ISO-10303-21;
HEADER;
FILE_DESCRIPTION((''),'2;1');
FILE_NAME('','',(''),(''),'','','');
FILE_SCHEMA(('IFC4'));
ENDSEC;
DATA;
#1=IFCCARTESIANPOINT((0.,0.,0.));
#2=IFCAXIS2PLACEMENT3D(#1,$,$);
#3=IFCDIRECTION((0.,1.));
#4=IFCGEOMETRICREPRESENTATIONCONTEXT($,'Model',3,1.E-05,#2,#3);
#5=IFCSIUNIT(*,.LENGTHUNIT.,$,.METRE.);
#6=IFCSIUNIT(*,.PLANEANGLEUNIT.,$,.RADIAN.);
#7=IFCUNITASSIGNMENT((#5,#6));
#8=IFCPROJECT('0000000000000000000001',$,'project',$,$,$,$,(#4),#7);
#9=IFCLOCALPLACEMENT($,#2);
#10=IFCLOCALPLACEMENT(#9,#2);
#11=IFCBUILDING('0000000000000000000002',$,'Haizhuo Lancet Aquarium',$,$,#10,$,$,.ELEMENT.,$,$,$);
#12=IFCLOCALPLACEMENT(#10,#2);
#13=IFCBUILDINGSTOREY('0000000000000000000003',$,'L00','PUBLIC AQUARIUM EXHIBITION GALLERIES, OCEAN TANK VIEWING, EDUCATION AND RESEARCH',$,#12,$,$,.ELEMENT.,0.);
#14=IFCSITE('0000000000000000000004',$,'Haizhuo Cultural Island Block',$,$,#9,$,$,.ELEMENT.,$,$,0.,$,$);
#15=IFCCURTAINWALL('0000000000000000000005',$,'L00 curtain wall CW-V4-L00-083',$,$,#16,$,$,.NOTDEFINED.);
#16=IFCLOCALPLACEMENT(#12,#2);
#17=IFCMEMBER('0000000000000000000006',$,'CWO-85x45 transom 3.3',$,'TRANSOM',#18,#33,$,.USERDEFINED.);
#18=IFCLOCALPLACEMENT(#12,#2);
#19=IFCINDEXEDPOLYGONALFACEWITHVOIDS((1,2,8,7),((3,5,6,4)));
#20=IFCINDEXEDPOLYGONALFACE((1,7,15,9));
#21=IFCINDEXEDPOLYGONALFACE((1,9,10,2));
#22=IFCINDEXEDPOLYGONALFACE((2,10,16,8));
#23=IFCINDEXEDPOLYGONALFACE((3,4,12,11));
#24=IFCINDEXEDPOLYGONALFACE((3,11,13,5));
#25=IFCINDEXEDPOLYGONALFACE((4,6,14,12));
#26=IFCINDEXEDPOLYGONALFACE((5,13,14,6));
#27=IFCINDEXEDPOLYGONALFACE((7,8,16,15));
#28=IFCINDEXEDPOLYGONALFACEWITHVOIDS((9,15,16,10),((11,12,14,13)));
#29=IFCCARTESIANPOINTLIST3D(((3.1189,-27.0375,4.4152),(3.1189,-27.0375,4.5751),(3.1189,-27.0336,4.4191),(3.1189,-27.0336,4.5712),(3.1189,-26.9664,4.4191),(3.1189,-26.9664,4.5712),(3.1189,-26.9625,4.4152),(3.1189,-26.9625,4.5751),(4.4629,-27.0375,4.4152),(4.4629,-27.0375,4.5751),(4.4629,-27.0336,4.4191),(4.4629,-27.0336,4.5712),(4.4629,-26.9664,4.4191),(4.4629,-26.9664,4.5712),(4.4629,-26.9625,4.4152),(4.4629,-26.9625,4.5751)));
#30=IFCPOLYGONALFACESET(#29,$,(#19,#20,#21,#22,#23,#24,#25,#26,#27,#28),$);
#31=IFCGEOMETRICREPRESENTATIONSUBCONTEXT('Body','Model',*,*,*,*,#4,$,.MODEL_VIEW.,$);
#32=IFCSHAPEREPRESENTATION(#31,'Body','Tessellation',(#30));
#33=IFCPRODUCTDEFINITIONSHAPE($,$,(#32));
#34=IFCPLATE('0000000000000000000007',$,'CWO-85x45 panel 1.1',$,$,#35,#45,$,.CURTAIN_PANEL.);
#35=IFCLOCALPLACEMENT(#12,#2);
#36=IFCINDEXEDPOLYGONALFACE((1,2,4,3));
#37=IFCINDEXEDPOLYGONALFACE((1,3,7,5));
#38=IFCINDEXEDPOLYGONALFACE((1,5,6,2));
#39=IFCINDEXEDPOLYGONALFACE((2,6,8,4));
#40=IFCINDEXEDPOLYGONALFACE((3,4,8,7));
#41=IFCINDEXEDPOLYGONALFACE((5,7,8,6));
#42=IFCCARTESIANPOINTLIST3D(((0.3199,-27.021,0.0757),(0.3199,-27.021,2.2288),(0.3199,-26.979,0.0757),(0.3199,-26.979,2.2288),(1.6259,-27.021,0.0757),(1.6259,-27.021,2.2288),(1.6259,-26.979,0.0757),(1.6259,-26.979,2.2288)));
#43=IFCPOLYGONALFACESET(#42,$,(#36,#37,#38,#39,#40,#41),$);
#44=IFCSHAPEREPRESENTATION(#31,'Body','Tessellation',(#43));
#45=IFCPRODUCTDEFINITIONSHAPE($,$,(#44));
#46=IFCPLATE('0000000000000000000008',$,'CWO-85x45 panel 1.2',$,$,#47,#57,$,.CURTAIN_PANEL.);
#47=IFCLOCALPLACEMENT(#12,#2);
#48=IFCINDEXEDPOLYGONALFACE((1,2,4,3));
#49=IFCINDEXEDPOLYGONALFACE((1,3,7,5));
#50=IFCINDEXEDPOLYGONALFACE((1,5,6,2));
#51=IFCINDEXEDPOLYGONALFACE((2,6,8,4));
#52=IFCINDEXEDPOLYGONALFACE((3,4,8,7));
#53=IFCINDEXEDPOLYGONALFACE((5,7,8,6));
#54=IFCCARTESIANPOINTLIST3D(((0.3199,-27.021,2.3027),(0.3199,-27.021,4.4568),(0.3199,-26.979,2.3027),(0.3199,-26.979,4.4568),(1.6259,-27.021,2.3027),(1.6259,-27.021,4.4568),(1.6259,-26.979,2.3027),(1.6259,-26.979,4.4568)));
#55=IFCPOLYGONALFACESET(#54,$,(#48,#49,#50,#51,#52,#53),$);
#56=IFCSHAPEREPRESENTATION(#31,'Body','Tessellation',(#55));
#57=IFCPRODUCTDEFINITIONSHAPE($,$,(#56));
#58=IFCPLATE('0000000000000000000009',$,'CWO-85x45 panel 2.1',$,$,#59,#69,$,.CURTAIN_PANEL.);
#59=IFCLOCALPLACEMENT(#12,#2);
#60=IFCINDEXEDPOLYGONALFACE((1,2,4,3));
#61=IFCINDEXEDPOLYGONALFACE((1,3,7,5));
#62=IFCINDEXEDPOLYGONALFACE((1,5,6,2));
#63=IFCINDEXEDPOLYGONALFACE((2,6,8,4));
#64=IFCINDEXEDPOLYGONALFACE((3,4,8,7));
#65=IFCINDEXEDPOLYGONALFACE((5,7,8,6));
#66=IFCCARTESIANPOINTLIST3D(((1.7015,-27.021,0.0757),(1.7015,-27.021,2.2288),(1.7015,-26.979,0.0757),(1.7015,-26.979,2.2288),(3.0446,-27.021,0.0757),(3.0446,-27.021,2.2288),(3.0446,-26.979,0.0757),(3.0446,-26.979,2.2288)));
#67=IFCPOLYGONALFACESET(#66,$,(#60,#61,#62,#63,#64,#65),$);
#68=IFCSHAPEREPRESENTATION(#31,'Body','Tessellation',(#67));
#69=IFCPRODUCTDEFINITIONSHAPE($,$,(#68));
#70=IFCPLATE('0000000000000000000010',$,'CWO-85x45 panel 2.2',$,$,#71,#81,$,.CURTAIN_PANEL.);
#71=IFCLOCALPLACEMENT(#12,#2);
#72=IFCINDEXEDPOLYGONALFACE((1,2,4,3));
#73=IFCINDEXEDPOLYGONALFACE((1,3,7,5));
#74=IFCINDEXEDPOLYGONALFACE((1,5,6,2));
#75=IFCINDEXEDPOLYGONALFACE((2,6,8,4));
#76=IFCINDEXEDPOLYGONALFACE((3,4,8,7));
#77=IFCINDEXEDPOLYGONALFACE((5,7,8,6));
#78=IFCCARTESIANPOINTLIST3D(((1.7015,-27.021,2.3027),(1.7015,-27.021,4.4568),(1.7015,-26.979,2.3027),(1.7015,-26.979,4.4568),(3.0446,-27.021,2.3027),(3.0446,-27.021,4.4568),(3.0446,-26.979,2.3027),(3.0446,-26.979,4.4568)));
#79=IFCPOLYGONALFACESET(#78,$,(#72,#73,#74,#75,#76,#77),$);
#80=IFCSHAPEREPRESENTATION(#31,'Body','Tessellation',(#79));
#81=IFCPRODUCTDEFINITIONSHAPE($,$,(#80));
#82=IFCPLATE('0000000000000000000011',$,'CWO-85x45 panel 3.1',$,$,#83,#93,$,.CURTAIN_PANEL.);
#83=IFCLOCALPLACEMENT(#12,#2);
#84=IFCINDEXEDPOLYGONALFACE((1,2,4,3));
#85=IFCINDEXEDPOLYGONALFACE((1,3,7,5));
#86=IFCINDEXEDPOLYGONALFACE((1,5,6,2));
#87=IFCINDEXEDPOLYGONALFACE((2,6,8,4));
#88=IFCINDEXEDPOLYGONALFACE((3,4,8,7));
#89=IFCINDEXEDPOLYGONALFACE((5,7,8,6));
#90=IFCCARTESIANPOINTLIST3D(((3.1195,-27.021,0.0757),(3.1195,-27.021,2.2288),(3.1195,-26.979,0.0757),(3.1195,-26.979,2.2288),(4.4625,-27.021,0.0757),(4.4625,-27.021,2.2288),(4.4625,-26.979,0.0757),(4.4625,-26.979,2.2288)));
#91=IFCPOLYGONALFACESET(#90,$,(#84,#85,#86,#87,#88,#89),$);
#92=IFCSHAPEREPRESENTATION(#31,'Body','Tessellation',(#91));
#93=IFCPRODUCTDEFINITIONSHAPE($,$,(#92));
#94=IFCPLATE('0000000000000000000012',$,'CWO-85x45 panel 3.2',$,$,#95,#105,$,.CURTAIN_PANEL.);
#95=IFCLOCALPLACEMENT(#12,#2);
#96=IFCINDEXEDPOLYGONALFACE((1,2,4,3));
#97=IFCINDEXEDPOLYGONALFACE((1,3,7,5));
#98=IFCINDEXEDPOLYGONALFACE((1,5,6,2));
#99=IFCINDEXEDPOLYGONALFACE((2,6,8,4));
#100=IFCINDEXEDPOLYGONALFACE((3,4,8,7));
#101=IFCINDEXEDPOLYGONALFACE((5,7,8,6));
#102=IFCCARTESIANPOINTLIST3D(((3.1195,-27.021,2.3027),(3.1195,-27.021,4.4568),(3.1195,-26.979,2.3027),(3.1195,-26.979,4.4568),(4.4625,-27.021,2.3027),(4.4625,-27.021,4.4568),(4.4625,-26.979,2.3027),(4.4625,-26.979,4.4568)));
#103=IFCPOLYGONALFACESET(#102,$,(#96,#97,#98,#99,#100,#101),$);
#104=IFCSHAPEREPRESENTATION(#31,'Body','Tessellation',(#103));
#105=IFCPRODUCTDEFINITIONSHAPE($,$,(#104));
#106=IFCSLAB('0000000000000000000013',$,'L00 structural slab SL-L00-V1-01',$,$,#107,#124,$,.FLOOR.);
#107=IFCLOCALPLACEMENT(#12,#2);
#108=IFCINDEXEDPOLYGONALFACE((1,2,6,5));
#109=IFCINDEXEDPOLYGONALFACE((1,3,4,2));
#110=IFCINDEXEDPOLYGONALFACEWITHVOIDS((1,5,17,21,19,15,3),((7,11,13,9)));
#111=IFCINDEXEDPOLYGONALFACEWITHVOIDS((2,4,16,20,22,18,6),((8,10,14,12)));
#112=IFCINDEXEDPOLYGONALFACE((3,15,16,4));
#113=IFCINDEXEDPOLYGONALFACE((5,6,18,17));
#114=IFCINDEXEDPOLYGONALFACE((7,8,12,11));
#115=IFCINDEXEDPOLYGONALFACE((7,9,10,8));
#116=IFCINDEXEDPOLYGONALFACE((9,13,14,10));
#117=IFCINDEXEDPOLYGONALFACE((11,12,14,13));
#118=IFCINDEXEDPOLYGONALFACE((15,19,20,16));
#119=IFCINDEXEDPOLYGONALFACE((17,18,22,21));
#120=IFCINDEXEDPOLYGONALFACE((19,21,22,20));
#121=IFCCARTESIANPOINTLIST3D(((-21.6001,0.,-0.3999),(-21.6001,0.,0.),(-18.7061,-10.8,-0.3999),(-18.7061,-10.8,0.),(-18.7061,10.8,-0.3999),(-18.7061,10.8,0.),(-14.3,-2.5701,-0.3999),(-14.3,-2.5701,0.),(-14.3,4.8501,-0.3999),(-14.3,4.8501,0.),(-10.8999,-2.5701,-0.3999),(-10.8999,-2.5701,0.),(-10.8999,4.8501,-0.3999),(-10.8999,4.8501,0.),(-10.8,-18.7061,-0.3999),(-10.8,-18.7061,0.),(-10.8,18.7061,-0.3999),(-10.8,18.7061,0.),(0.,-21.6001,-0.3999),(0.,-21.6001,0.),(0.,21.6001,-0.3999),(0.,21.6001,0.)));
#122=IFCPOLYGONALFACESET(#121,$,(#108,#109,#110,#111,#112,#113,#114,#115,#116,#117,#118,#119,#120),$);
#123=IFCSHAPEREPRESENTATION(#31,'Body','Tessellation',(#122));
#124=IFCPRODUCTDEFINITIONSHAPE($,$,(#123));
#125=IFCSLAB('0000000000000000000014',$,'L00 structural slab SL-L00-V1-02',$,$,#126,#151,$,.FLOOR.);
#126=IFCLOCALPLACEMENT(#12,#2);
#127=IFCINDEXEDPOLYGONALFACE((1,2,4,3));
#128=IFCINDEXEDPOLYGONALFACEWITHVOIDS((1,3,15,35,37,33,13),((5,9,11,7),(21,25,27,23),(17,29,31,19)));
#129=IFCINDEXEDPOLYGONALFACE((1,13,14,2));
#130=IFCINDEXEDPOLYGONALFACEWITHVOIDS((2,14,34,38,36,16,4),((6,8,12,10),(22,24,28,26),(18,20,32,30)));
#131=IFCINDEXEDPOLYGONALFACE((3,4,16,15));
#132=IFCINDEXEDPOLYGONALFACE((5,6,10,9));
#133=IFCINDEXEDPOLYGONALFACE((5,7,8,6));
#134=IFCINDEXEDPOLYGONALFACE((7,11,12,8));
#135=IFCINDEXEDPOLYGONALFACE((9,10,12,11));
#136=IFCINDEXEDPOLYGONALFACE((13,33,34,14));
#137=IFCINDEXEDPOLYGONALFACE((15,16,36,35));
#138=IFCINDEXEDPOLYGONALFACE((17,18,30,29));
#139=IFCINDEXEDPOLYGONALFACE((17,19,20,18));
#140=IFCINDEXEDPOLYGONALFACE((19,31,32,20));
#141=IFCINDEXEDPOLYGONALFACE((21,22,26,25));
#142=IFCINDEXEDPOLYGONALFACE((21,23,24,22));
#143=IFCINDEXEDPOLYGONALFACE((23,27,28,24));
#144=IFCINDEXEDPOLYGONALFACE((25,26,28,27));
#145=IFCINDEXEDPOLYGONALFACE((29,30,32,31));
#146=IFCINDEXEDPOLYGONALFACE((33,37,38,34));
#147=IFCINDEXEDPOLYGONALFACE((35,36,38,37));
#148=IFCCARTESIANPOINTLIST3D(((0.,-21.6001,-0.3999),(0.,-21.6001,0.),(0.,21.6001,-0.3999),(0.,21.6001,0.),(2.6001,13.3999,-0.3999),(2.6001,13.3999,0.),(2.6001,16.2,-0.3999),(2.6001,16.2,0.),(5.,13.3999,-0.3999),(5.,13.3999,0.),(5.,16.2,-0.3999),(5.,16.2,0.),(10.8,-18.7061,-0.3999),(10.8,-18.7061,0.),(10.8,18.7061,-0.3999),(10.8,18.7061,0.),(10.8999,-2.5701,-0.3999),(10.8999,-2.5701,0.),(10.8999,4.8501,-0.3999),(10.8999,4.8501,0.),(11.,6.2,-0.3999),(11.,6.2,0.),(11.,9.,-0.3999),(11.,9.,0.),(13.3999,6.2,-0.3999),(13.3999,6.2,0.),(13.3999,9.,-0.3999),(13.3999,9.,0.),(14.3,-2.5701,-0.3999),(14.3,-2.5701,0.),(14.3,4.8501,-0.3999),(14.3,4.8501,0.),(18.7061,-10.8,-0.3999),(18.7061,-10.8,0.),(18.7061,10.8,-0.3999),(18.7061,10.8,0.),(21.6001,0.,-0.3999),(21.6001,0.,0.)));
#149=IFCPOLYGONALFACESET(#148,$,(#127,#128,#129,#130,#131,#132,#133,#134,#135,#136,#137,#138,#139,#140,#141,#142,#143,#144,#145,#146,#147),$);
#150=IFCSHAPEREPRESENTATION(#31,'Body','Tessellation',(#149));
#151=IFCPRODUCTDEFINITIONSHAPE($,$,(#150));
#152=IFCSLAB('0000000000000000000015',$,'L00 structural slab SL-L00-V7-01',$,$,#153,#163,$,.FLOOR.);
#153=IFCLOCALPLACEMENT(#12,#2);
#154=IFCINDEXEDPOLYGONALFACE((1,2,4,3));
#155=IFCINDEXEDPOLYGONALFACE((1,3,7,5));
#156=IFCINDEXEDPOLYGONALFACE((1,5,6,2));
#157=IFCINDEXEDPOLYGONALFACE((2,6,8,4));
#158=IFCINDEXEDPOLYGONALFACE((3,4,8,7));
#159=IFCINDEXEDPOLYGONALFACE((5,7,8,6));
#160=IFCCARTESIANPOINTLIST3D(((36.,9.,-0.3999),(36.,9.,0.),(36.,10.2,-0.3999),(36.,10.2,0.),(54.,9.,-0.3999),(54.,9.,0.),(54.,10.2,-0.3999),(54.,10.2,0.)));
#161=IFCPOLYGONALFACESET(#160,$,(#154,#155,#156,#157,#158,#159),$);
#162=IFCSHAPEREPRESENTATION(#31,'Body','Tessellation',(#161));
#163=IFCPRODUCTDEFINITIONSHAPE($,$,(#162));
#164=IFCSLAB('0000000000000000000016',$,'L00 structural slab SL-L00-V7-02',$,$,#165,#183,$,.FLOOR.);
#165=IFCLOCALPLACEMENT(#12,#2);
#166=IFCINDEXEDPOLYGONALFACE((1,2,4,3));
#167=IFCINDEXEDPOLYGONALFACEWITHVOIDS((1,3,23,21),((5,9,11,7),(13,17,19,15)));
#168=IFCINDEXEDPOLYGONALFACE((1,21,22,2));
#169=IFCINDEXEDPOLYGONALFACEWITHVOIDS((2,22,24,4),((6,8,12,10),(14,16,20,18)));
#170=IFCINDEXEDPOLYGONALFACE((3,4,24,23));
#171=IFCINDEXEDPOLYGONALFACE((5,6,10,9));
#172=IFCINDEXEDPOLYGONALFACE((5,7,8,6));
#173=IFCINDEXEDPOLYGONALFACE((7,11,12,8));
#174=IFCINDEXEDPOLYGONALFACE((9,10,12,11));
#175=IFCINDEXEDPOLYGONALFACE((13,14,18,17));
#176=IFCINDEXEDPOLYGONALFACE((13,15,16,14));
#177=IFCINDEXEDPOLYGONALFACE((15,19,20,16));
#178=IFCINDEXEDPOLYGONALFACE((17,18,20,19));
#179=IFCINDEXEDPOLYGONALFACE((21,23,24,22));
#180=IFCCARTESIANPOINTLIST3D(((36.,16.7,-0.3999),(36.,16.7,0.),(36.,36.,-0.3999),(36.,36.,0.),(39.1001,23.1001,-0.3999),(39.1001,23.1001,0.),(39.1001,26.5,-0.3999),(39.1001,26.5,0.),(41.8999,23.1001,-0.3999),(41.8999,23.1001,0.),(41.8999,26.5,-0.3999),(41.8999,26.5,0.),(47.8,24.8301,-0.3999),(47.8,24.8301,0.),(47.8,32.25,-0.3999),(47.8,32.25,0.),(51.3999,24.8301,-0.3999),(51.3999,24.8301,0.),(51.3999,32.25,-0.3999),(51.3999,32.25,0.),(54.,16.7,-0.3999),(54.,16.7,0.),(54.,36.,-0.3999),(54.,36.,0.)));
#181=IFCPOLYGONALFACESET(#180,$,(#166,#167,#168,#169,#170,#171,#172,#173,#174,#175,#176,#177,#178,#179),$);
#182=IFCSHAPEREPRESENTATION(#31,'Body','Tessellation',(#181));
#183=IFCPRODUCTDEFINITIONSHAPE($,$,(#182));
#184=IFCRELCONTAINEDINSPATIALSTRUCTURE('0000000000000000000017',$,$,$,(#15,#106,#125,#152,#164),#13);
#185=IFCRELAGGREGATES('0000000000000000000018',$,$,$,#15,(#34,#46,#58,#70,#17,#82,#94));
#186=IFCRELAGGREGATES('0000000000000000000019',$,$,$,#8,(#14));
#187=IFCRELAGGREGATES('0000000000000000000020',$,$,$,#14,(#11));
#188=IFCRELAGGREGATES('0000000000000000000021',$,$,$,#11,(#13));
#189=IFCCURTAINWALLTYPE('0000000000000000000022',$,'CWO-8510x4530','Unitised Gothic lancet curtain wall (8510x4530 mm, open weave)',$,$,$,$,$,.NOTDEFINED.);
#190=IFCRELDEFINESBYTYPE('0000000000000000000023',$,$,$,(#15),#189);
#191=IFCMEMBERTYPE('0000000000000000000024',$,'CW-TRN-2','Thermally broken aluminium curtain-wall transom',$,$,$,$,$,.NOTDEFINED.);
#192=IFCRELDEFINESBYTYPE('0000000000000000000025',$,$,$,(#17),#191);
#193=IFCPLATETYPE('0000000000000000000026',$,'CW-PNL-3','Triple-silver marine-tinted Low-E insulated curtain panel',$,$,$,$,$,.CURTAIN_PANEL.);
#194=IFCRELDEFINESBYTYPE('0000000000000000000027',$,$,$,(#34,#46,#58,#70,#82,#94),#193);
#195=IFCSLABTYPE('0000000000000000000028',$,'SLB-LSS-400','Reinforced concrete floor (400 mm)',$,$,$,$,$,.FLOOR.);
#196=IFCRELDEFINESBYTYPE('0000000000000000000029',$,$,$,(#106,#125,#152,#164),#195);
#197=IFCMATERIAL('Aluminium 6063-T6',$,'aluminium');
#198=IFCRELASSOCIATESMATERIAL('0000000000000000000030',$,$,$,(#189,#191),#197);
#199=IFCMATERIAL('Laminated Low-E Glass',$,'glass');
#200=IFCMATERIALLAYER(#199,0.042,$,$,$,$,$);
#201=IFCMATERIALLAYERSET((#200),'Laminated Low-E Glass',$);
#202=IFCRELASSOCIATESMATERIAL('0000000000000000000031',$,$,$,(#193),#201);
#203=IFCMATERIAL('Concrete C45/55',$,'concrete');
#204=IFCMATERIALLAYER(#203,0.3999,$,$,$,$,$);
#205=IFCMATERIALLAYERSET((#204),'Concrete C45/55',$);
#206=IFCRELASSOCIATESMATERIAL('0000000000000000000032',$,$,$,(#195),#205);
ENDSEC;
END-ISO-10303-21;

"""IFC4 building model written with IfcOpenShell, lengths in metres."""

from ifc_helpers import new_model, si_unit, direction, frame, origin, origin_2d, place, context, subcontext, project, spatial, polyline, rectangle, hollow_rectangle, outline, extrude, material, layer, layer_set, material_profile, profile_set, type_object, element, aggregate, save


model = new_model("IFC4")

# Units and contexts
model_context = context("Model", 3, precision=1e-05, world=origin(), true_north=direction((0.0, 1.0)))
body_context = subcontext(model_context, "Body", "Model", "MODEL_VIEW")
ifc_project = project(units=[si_unit("LENGTHUNIT", "METRE"), si_unit("PLANEANGLEUNIT", "RADIAN")], contexts=[model_context])

# Site, building, storey
site_placement = place(None, origin())
site = spatial("IfcSite", under=ifc_project, at=site_placement, Name="Haizhuo Cultural Island Block", CompositionType="ELEMENT", RefElevation=0.0)
building_placement = place(site_placement, origin())
building = spatial("IfcBuilding", under=site, at=building_placement, Name="Haizhuo Lancet Aquarium", CompositionType="ELEMENT")
storey_placement = place(building_placement, origin())
storey = spatial("IfcBuildingStorey", under=building, at=storey_placement, Name="L00", Description="PUBLIC AQUARIUM EXHIBITION GALLERIES, OCEAN TANK VIEWING, EDUCATION AND RESEARCH", CompositionType="ELEMENT", Elevation=0.0)

# Curtain wall, member, plates
ifc_material_1 = material(Name="Aluminium 6063-T6", Category="aluminium")
curtain_wall_type = type_object("IfcCurtainWallType", Name="CWO-8510x4530", Description="Unitised Gothic lancet curtain wall (8510x4530 mm, open weave)", PredefinedType="NOTDEFINED", material=ifc_material_1)
curtain_wall_placement = place(storey_placement, origin())
curtain_wall = element("IfcCurtainWall", 1, at=curtain_wall_placement, inside=storey, type_object=curtain_wall_type, Name="L00 curtain wall CW-V4-L00-083", PredefinedType="NOTDEFINED")
ifc_material_profile_1 = material_profile(ifc_material_1, hollow_rectangle(XDim=0.075, YDim=0.1599, WallThickness=0.0039, at=origin_2d()), Name="ALU-T 75x160x4")
ifc_profile_set_1 = profile_set([ifc_material_profile_1], Name="Aluminium 6063-T6")
member_type_1 = type_object("IfcMemberType", Name="CW-TRN-2", Description="Thermally broken aluminium curtain-wall transom", PredefinedType="NOTDEFINED", material=ifc_profile_set_1)
member_1_placement = place(storey_placement, frame((3.1189, -27.0, 4.4951), z_axis=(1.0, 0.0, 0.0), x_axis=(0.0, 1.0, 0.0)))
member_1 = element("IfcMember", 2, at=member_1_placement, type_object=member_type_1, Name="CWO-85x45 transom 3.3", ObjectType="TRANSOM", PredefinedType="USERDEFINED", context=body_context, shape_type="SweptSolid", body=[
    extrude(hollow_rectangle(XDim=0.075, YDim=0.1599, WallThickness=0.0039, at=origin_2d()), origin(), (0.0, 0.0, 1.0), 1.344),
])
ifc_material_2 = material(Name="Laminated Low-E Glass", Category="glass")
ifc_layer_1 = layer(ifc_material_2, 0.042)
ifc_layer_set_1 = layer_set([ifc_layer_1], Name="Laminated Low-E Glass")
plate_type = type_object("IfcPlateType", Name="CW-PNL-3", Description="Triple-silver marine-tinted Low-E insulated curtain panel", PredefinedType="CURTAIN_PANEL", material=ifc_layer_set_1)
plate_1_placement = place(storey_placement, frame((0.9729, -27.0, 0.0757), z_axis=(0.0, 0.0, 1.0), x_axis=(1.0, 0.0, 0.0)))
plate_1 = element("IfcPlate", 3, at=plate_1_placement, type_object=plate_type, Name="CWO-85x45 panel 1.1", PredefinedType="CURTAIN_PANEL", context=body_context, shape_type="SweptSolid", body=[
    extrude(rectangle(XDim=1.3059, YDim=0.042, at=origin_2d()), origin(), (0.0, 0.0, 1.0), 2.1531),
])
plate_2_placement = place(storey_placement, frame((0.9729, -27.0, 2.3027), z_axis=(0.0, 0.0, 1.0), x_axis=(1.0, 0.0, 0.0)))
plate_2 = element("IfcPlate", 4, at=plate_2_placement, type_object=plate_type, Name="CWO-85x45 panel 1.2", PredefinedType="CURTAIN_PANEL", context=body_context, shape_type="SweptSolid", body=[
    extrude(rectangle(XDim=1.3059, YDim=0.042, at=origin_2d()), origin(), (0.0, 0.0, 1.0), 2.1541),
])
plate_3_placement = place(storey_placement, frame((2.373, -27.0, 0.0757), z_axis=(0.0, 0.0, 1.0), x_axis=(1.0, 0.0, 0.0)))
plate_3 = element("IfcPlate", 5, at=plate_3_placement, type_object=plate_type, Name="CWO-85x45 panel 2.1", PredefinedType="CURTAIN_PANEL", context=body_context, shape_type="SweptSolid", body=[
    extrude(rectangle(XDim=1.343, YDim=0.042, at=origin_2d()), origin(), (0.0, 0.0, 1.0), 2.1531),
])
plate_4_placement = place(storey_placement, frame((2.373, -27.0, 2.3027), z_axis=(0.0, 0.0, 1.0), x_axis=(1.0, 0.0, 0.0)))
plate_4 = element("IfcPlate", 6, at=plate_4_placement, type_object=plate_type, Name="CWO-85x45 panel 2.2", PredefinedType="CURTAIN_PANEL", context=body_context, shape_type="SweptSolid", body=[
    extrude(rectangle(XDim=1.343, YDim=0.042, at=origin_2d()), origin(), (0.0, 0.0, 1.0), 2.1541),
])
plate_5_placement = place(storey_placement, frame((3.791, -27.0, 0.0757), z_axis=(0.0, 0.0, 1.0), x_axis=(1.0, 0.0, 0.0)))
plate_5 = element("IfcPlate", 7, at=plate_5_placement, type_object=plate_type, Name="CWO-85x45 panel 3.1", PredefinedType="CURTAIN_PANEL", context=body_context, shape_type="SweptSolid", body=[
    extrude(rectangle(XDim=1.343, YDim=0.042, at=origin_2d()), origin(), (0.0, 0.0, 1.0), 2.1531),
])
plate_6_placement = place(storey_placement, frame((3.791, -27.0, 2.3027), z_axis=(0.0, 0.0, 1.0), x_axis=(1.0, 0.0, 0.0)))
plate_6 = element("IfcPlate", 8, at=plate_6_placement, type_object=plate_type, Name="CWO-85x45 panel 3.2", PredefinedType="CURTAIN_PANEL", context=body_context, shape_type="SweptSolid", body=[
    extrude(rectangle(XDim=1.343, YDim=0.042, at=origin_2d()), origin(), (0.0, 0.0, 1.0), 2.1541),
])
aggregate(curtain_wall, [plate_1, plate_2, plate_3, plate_4, member_1, plate_5, plate_6])

# Slabs
ifc_material_3 = material(Name="Concrete C45/55", Category="concrete")
ifc_layer_2 = layer(ifc_material_3, 0.3999)
ifc_layer_set_2 = layer_set([ifc_layer_2], Name="Concrete C45/55")
slab_type_1 = type_object("IfcSlabType", Name="SLB-LSS-400", Description="Reinforced concrete floor (400 mm)", PredefinedType="FLOOR", material=ifc_layer_set_2)
slab_1_placement = place(storey_placement, frame((0.0, 0.0, -0.3999)))
element("IfcSlab", 9, at=slab_1_placement, inside=storey, type_object=slab_type_1, Name="L00 structural slab SL-L00-V1-01", PredefinedType="FLOOR", context=body_context, shape_type="SweptSolid", body=[
    extrude(outline(polyline([(-10.8, -18.7061), (0.0, -21.6001), (0.0, 21.6001), (-10.8, 18.7061), (-18.7061, 10.8), (-21.6001, 0.0), (-18.7061, -10.8), (-10.8, -18.7061)]), holes=[polyline([(-10.8999, -2.5701), (-10.8999, 4.8501), (-14.3, 4.8501), (-14.3, -2.5701), (-10.8999, -2.5701)])]), origin(), (0.0, 0.0, 1.0), 0.3999),
])
slab_2_placement = place(storey_placement, frame((0.0, 0.0, -0.3999)))
element("IfcSlab", 10, at=slab_2_placement, inside=storey, type_object=slab_type_1, Name="L00 structural slab SL-L00-V1-02", PredefinedType="FLOOR", context=body_context, shape_type="SweptSolid", body=[
    extrude(outline(polyline([(0.0, 21.6001), (0.0, -21.6001), (10.8, -18.7061), (18.7061, -10.8), (21.6001, 0.0), (18.7061, 10.8), (10.8, 18.7061), (0.0, 21.6001)]), holes=[polyline([(10.8999, -2.5701), (14.3, -2.5701), (14.3, 4.8501), (10.8999, 4.8501), (10.8999, -2.5701)]), polyline([(2.6001, 16.2), (2.6001, 13.3999), (5.0, 13.3999), (5.0, 16.2), (2.6001, 16.2)]), polyline([(13.3999, 6.2), (13.3999, 9.0), (11.0, 9.0), (11.0, 6.2), (13.3999, 6.2)])]), origin(), (0.0, 0.0, 1.0), 0.3999),
])
slab_3_placement = place(storey_placement, frame((0.0, 0.0, -0.3999)))
element("IfcSlab", 11, at=slab_3_placement, inside=storey, type_object=slab_type_1, Name="L00 structural slab SL-L00-V7-01", PredefinedType="FLOOR", context=body_context, shape_type="SweptSolid", body=[
    extrude(outline(polyline([(36.0, 9.0), (54.0, 9.0), (54.0, 10.2), (36.0, 10.2), (36.0, 9.0)])), origin(), (0.0, 0.0, 1.0), 0.3999),
])
slab_4_placement = place(storey_placement, frame((0.0, 0.0, -0.3999)))
element("IfcSlab", 12, at=slab_4_placement, inside=storey, type_object=slab_type_1, Name="L00 structural slab SL-L00-V7-02", PredefinedType="FLOOR", context=body_context, shape_type="SweptSolid", body=[
    extrude(outline(polyline([(54.0, 16.7), (54.0, 36.0), (36.0, 36.0), (36.0, 16.7), (54.0, 16.7)]), holes=[polyline([(47.8, 24.8301), (51.3999, 24.8301), (51.3999, 32.25), (47.8, 32.25), (47.8, 24.8301)]), polyline([(39.1001, 26.5), (39.1001, 23.1001), (41.8999, 23.1001), (41.8999, 26.5), (39.1001, 26.5)])]), origin(), (0.0, 0.0, 1.0), 0.3999),
])

save(model, "model.ifc")
